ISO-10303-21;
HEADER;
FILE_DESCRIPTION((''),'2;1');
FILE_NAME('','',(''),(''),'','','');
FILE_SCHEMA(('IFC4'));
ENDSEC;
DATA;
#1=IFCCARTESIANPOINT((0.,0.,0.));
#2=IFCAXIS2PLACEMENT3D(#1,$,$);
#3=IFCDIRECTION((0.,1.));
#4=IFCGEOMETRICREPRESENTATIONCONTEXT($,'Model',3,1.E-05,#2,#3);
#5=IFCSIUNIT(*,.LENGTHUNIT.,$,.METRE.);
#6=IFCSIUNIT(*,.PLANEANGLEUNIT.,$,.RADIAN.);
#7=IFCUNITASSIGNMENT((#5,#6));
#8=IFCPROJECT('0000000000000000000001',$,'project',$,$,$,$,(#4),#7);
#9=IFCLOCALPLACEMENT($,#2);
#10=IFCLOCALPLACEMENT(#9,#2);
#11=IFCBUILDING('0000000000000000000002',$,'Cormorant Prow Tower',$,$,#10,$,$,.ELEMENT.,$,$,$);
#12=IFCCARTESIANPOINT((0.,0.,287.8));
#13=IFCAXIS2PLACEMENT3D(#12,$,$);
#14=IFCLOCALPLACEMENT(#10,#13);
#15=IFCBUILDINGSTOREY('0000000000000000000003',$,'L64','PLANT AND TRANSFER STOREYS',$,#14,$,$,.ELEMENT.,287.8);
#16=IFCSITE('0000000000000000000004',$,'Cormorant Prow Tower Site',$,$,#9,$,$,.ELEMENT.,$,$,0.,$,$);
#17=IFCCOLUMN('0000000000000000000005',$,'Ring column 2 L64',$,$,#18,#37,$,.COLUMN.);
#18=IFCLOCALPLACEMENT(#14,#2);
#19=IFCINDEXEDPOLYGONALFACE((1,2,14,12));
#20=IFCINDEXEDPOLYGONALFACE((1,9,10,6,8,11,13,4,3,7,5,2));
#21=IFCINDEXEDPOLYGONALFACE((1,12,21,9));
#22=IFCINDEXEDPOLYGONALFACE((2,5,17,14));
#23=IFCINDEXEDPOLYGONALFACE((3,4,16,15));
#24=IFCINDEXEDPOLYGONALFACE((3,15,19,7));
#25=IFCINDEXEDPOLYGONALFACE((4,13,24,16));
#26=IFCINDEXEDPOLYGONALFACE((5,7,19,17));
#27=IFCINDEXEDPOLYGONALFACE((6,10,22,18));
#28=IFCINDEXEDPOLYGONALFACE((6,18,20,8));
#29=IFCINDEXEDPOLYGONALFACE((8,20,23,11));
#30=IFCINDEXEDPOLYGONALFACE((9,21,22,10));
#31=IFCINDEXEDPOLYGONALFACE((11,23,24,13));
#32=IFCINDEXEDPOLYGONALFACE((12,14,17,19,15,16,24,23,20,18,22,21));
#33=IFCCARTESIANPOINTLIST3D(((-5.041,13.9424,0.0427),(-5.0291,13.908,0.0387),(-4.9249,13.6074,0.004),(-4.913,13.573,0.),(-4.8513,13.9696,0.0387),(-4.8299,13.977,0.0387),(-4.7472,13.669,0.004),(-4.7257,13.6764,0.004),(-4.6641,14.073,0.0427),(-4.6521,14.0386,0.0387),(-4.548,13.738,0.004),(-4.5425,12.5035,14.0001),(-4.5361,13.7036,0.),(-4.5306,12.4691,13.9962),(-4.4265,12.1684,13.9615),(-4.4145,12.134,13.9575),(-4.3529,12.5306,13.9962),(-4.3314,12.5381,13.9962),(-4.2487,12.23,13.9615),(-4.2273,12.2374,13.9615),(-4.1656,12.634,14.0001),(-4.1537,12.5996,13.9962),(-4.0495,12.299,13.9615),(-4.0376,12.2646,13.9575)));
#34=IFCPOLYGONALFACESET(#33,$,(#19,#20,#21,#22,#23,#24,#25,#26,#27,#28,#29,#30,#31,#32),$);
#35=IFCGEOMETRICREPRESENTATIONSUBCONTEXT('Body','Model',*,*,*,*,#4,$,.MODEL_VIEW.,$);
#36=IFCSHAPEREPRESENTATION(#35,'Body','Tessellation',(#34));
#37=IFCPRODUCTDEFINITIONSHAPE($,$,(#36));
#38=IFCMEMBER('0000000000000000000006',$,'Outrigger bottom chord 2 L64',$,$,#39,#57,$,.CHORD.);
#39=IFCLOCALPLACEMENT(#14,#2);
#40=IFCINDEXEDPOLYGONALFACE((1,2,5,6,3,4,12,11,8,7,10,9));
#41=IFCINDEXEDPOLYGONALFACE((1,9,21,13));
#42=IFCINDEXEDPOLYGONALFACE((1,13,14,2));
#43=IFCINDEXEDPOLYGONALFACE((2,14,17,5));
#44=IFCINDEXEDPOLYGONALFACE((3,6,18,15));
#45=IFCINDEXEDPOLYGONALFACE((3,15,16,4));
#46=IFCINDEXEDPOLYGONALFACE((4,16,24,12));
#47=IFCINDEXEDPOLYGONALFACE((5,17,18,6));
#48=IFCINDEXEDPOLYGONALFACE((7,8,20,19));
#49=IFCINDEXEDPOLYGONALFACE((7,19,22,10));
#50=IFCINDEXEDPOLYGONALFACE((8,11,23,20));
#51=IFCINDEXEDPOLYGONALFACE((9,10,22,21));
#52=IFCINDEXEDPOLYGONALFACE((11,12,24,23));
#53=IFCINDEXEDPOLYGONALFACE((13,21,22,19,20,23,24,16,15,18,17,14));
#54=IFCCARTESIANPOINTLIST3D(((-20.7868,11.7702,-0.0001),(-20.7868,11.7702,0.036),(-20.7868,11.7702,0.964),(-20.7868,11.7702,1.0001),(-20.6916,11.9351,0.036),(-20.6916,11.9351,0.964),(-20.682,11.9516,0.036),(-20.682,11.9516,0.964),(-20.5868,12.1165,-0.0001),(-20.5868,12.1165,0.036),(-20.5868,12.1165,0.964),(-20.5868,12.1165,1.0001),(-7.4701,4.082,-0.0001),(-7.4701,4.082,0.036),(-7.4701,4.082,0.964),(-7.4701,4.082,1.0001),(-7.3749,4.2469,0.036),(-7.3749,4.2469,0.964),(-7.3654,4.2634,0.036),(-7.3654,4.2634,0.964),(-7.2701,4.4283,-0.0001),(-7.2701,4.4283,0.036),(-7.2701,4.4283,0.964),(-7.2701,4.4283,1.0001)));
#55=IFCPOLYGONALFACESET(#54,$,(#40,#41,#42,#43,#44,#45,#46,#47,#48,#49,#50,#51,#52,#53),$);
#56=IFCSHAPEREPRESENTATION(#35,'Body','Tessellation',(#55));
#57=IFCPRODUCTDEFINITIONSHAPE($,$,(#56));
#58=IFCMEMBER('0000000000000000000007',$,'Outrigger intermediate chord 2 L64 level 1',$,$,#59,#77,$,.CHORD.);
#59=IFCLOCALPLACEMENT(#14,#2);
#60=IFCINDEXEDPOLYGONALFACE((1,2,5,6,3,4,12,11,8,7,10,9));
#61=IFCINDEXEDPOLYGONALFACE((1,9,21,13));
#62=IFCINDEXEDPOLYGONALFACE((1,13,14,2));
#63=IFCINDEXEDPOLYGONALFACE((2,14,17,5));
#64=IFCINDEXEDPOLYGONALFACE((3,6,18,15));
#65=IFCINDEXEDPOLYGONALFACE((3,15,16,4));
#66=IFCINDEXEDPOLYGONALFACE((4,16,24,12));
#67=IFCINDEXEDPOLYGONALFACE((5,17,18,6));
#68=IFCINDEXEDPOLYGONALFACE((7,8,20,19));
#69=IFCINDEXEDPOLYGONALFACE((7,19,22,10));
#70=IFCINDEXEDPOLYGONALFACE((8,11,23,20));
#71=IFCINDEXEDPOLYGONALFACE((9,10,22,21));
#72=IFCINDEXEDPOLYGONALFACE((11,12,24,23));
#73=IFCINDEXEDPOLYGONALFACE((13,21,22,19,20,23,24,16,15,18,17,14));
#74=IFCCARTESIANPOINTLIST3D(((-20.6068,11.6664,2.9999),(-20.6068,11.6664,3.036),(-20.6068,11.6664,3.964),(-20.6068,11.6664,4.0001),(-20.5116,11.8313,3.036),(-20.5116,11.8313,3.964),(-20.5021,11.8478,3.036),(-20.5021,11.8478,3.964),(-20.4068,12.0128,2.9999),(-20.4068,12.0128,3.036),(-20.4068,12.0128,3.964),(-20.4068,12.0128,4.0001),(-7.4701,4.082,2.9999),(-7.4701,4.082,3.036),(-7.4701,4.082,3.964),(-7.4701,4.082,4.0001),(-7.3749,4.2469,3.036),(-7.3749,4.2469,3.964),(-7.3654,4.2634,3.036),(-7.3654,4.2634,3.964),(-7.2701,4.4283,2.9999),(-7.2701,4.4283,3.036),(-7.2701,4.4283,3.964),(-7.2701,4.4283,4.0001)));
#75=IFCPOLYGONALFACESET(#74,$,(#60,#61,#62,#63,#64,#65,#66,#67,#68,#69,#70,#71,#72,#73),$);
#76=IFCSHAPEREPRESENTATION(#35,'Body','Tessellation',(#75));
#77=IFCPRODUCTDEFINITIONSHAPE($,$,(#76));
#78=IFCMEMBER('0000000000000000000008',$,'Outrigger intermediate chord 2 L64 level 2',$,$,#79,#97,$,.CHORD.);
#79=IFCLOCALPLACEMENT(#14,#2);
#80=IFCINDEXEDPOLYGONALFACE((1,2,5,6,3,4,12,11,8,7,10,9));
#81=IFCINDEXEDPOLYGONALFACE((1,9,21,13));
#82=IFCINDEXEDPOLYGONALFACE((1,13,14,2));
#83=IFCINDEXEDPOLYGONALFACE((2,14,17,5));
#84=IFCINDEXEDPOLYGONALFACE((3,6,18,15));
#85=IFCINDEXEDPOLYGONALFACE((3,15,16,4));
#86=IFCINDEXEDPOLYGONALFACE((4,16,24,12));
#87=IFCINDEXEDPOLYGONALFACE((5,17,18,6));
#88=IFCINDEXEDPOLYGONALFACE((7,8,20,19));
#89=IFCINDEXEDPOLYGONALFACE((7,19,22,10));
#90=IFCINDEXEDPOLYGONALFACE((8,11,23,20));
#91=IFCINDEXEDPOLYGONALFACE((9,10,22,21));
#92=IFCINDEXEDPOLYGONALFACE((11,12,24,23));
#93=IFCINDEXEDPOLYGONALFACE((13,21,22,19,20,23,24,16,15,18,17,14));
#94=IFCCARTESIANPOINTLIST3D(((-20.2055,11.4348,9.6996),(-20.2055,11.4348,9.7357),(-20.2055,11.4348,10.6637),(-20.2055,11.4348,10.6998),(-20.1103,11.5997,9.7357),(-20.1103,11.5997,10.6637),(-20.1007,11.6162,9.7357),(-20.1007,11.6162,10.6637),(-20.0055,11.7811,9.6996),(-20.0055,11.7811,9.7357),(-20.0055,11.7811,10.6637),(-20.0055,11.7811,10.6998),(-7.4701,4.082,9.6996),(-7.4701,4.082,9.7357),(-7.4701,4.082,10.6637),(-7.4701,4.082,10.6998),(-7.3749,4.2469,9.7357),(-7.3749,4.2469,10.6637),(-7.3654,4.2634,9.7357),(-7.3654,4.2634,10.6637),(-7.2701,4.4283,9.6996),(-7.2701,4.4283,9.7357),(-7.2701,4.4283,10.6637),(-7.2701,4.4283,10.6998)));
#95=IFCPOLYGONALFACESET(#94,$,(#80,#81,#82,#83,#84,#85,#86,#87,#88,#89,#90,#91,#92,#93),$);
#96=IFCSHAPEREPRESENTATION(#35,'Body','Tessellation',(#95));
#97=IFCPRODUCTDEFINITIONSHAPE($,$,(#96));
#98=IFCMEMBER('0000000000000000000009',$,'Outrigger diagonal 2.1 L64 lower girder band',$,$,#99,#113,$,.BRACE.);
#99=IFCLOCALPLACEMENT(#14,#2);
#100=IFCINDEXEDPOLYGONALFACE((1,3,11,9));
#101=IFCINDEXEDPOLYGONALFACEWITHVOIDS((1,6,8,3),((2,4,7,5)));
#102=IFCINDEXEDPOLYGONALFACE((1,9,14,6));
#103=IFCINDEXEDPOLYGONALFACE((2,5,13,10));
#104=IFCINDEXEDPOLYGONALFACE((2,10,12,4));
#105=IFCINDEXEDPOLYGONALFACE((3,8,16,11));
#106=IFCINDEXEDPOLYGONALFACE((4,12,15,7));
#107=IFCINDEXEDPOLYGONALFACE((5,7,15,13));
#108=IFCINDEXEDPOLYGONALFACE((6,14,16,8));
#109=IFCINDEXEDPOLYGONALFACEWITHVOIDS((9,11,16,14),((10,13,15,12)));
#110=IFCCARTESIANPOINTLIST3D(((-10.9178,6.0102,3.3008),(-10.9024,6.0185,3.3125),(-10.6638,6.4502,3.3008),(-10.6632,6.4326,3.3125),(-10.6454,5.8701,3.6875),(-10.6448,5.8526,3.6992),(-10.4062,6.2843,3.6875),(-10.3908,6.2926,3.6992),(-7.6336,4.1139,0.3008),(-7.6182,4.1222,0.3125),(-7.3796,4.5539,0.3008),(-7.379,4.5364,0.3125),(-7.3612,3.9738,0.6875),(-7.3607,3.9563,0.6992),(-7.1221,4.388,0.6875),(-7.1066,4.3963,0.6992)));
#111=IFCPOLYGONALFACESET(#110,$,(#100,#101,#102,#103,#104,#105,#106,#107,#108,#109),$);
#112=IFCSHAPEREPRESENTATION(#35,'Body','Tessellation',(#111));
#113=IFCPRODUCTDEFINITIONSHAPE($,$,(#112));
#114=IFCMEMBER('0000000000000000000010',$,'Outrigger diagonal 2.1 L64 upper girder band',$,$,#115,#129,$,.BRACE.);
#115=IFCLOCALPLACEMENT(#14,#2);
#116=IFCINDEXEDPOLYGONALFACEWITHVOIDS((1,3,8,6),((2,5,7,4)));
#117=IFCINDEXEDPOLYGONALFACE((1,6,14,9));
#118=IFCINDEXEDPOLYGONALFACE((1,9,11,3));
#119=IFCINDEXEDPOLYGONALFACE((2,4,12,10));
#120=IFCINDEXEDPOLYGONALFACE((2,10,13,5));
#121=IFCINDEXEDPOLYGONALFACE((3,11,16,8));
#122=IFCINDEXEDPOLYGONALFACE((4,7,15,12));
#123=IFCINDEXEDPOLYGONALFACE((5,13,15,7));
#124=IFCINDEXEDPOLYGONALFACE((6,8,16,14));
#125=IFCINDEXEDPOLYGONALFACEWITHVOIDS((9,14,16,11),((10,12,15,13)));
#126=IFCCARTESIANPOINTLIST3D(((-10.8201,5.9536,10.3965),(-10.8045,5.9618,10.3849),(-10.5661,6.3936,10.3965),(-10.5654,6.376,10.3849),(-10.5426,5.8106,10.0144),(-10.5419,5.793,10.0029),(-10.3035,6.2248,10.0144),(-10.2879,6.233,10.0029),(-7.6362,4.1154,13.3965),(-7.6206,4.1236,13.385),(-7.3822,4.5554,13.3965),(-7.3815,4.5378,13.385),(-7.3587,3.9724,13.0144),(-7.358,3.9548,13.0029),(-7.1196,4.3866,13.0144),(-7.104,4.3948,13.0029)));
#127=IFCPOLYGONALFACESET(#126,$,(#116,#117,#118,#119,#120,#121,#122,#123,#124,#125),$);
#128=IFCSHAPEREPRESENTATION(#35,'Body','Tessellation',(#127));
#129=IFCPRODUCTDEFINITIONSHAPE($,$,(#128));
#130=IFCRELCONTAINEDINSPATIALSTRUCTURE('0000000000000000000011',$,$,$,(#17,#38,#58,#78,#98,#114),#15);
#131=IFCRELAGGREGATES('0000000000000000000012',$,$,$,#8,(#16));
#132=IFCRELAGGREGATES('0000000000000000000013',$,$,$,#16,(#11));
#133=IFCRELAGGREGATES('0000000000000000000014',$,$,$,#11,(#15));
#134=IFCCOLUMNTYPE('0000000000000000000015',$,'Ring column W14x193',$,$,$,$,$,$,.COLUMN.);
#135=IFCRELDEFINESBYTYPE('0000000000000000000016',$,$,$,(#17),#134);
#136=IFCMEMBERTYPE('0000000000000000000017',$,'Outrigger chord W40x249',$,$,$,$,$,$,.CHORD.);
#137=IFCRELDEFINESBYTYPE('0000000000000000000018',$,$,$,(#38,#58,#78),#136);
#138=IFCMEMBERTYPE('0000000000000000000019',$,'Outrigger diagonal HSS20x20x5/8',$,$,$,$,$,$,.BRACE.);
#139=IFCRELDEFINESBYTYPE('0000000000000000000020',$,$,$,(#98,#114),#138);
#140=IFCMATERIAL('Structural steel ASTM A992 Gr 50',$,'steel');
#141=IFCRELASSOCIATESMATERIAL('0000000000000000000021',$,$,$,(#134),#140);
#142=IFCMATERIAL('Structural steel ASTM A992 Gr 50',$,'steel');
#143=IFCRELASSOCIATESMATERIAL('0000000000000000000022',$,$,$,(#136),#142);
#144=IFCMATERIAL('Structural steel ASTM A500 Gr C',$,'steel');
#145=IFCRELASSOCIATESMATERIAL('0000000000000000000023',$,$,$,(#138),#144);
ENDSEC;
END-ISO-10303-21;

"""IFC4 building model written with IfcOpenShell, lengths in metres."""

from ifc_helpers import new_model, si_unit, direction, frame, origin, origin_2d, place, context, subcontext, project, spatial, hollow_rectangle, i_section, extrude, material, material_profile, profile_set, type_object, element, save


model = new_model("IFC4")

# Units and contexts
model_context = context("Model", 3, precision=1e-05, world=origin(), true_north=direction((0.0, 1.0)))
body_context = subcontext(model_context, "Body", "Model", "MODEL_VIEW")
ifc_project = project(units=[si_unit("LENGTHUNIT", "METRE"), si_unit("PLANEANGLEUNIT", "RADIAN")], contexts=[model_context])

# Site, building, storey
site_placement = place(None, origin())
site = spatial("IfcSite", under=ifc_project, at=site_placement, Name="Cormorant Prow Tower Site", CompositionType="ELEMENT", RefElevation=0.0)
building_placement = place(site_placement, origin())
building = spatial("IfcBuilding", under=site, at=building_placement, Name="Cormorant Prow Tower", CompositionType="ELEMENT")
storey_placement = place(building_placement, frame((0.0, 0.0, 287.8)))
storey = spatial("IfcBuildingStorey", under=building, at=storey_placement, Name="L64", Description="PLANT AND TRANSFER STOREYS", CompositionType="ELEMENT", Elevation=287.8)

# Column
ifc_material_1 = material(Name="Structural steel ASTM A992 Gr 50", Category="steel")
ifc_material_profile_1 = material_profile(ifc_material_1, i_section(OverallWidth=0.3989, OverallDepth=0.3933, WebThickness=0.0227, FlangeThickness=0.0366, at=origin_2d()), Name="W14x193")
ifc_profile_set_1 = profile_set([ifc_material_profile_1], Name="Structural steel ASTM A992 Gr 50")
column_type = type_object("IfcColumnType", Name="Ring column W14x193", PredefinedType="COLUMN", material=ifc_profile_set_1)
column_placement = place(storey_placement, frame((-4.7893, 13.8252, 0.0), z_axis=(0.035504, -0.102489, 0.9941), x_axis=(0.94491, 0.32733, 0.0)))
element("IfcColumn", 1, at=column_placement, inside=storey, type_object=column_type, Name="Ring column 2 L64", PredefinedType="COLUMN", context=body_context, shape_type="SweptSolid", body=[
    extrude(i_section(OverallWidth=0.3989, OverallDepth=0.3933, WebThickness=0.0227, FlangeThickness=0.0366, at=origin_2d()), frame((0.0, 0.0, 0.0215)), (0.0, 0.0, 1.0), 14.0403),
])

# Members
ifc_material_2 = material(Name="Structural steel ASTM A992 Gr 50", Category="steel")
ifc_material_profile_2 = material_profile(ifc_material_2, i_section(OverallWidth=0.3999, OverallDepth=1.0002, WebThickness=0.019, FlangeThickness=0.0361, at=origin_2d()), Name="W40x249")
ifc_profile_set_2 = profile_set([ifc_material_profile_2], Name="Structural steel ASTM A992 Gr 50")
member_type_1 = type_object("IfcMemberType", Name="Outrigger chord W40x249", PredefinedType="CHORD", material=ifc_profile_set_2)
member_1_placement = place(storey_placement, frame((-7.3701, 4.2551, 0.5), z_axis=(-0.866029, 0.499993, 0.0), x_axis=(-0.499993, -0.866029, 0.0)))
element("IfcMember", 2, at=member_1_placement, inside=storey, type_object=member_type_1, Name="Outrigger bottom chord 2 L64", PredefinedType="CHORD", context=body_context, shape_type="SweptSolid", body=[
    extrude(i_section(OverallWidth=0.3999, OverallDepth=1.0002, WebThickness=0.019, FlangeThickness=0.0361, at=origin_2d()), origin(), (0.0, 0.0, 1.0), 15.3767),
])
member_2_placement = place(storey_placement, frame((-7.3701, 4.2551, 3.5), z_axis=(-0.866026, 0.499999, 0.0), x_axis=(-0.499999, -0.866026, 0.0)))
element("IfcMember", 3, at=member_2_placement, inside=storey, type_object=member_type_1, Name="Outrigger intermediate chord 2 L64 level 1", PredefinedType="CHORD", context=body_context, shape_type="SweptSolid", body=[
    extrude(i_section(OverallWidth=0.3999, OverallDepth=1.0002, WebThickness=0.019, FlangeThickness=0.0361, at=origin_2d()), origin(), (0.0, 0.0, 1.0), 15.1689),
])
member_3_placement = place(storey_placement, frame((-7.3701, 4.2551, 10.1997), z_axis=(-0.866025, 0.500001, 0.0), x_axis=(-0.500001, -0.866025, 0.0)))
element("IfcMember", 4, at=member_3_placement, inside=storey, type_object=member_type_1, Name="Outrigger intermediate chord 2 L64 level 2", PredefinedType="CHORD", context=body_context, shape_type="SweptSolid", body=[
    extrude(i_section(OverallWidth=0.3999, OverallDepth=1.0002, WebThickness=0.019, FlangeThickness=0.0361, at=origin_2d()), origin(), (0.0, 0.0, 1.0), 14.7056),
])
ifc_material_3 = material(Name="Structural steel ASTM A500 Gr C", Category="steel")
ifc_material_profile_3 = material_profile(ifc_material_3, hollow_rectangle(XDim=0.5081, YDim=0.5081, WallThickness=0.0149, at=origin_2d()), Name="HSS20x20x5/8")
ifc_profile_set_3 = profile_set([ifc_material_profile_3], Name="Structural steel ASTM A500 Gr C")
member_type_2 = type_object("IfcMemberType", Name="Outrigger diagonal HSS20x20x5/8", PredefinedType="BRACE", material=ifc_profile_set_3)
member_4_placement = place(storey_placement, frame((-7.3701, 4.2551, 0.5), z_axis=(-0.679188, 0.392154, 0.620418), x_axis=(-0.500023, -0.866012, 0.0)))
element("IfcMember", 5, at=member_4_placement, inside=storey, type_object=member_type_2, Name="Outrigger diagonal 2.1 L64 lower girder band", PredefinedType="BRACE", context=body_context, shape_type="SweptSolid", body=[
    extrude(hollow_rectangle(XDim=0.5081, YDim=0.5081, WallThickness=0.0149, at=origin_2d()), origin(), (0.0, 0.0, 1.0), 4.8354),
])
member_5_placement = place(storey_placement, frame((-7.3701, 4.2551, 13.1997), z_axis=(-0.67098, 0.387379, -0.632237), x_axis=(-0.499989, -0.866032, 0.0)))
element("IfcMember", 6, at=member_5_placement, inside=storey, type_object=member_type_2, Name="Outrigger diagonal 2.1 L64 upper girder band", PredefinedType="BRACE", context=body_context, shape_type="SweptSolid", body=[
    extrude(hollow_rectangle(XDim=0.5081, YDim=0.5081, WallThickness=0.0149, at=origin_2d()), origin(), (0.0, 0.0, 1.0), 4.7451),
])

save(model, "model.ifc")
